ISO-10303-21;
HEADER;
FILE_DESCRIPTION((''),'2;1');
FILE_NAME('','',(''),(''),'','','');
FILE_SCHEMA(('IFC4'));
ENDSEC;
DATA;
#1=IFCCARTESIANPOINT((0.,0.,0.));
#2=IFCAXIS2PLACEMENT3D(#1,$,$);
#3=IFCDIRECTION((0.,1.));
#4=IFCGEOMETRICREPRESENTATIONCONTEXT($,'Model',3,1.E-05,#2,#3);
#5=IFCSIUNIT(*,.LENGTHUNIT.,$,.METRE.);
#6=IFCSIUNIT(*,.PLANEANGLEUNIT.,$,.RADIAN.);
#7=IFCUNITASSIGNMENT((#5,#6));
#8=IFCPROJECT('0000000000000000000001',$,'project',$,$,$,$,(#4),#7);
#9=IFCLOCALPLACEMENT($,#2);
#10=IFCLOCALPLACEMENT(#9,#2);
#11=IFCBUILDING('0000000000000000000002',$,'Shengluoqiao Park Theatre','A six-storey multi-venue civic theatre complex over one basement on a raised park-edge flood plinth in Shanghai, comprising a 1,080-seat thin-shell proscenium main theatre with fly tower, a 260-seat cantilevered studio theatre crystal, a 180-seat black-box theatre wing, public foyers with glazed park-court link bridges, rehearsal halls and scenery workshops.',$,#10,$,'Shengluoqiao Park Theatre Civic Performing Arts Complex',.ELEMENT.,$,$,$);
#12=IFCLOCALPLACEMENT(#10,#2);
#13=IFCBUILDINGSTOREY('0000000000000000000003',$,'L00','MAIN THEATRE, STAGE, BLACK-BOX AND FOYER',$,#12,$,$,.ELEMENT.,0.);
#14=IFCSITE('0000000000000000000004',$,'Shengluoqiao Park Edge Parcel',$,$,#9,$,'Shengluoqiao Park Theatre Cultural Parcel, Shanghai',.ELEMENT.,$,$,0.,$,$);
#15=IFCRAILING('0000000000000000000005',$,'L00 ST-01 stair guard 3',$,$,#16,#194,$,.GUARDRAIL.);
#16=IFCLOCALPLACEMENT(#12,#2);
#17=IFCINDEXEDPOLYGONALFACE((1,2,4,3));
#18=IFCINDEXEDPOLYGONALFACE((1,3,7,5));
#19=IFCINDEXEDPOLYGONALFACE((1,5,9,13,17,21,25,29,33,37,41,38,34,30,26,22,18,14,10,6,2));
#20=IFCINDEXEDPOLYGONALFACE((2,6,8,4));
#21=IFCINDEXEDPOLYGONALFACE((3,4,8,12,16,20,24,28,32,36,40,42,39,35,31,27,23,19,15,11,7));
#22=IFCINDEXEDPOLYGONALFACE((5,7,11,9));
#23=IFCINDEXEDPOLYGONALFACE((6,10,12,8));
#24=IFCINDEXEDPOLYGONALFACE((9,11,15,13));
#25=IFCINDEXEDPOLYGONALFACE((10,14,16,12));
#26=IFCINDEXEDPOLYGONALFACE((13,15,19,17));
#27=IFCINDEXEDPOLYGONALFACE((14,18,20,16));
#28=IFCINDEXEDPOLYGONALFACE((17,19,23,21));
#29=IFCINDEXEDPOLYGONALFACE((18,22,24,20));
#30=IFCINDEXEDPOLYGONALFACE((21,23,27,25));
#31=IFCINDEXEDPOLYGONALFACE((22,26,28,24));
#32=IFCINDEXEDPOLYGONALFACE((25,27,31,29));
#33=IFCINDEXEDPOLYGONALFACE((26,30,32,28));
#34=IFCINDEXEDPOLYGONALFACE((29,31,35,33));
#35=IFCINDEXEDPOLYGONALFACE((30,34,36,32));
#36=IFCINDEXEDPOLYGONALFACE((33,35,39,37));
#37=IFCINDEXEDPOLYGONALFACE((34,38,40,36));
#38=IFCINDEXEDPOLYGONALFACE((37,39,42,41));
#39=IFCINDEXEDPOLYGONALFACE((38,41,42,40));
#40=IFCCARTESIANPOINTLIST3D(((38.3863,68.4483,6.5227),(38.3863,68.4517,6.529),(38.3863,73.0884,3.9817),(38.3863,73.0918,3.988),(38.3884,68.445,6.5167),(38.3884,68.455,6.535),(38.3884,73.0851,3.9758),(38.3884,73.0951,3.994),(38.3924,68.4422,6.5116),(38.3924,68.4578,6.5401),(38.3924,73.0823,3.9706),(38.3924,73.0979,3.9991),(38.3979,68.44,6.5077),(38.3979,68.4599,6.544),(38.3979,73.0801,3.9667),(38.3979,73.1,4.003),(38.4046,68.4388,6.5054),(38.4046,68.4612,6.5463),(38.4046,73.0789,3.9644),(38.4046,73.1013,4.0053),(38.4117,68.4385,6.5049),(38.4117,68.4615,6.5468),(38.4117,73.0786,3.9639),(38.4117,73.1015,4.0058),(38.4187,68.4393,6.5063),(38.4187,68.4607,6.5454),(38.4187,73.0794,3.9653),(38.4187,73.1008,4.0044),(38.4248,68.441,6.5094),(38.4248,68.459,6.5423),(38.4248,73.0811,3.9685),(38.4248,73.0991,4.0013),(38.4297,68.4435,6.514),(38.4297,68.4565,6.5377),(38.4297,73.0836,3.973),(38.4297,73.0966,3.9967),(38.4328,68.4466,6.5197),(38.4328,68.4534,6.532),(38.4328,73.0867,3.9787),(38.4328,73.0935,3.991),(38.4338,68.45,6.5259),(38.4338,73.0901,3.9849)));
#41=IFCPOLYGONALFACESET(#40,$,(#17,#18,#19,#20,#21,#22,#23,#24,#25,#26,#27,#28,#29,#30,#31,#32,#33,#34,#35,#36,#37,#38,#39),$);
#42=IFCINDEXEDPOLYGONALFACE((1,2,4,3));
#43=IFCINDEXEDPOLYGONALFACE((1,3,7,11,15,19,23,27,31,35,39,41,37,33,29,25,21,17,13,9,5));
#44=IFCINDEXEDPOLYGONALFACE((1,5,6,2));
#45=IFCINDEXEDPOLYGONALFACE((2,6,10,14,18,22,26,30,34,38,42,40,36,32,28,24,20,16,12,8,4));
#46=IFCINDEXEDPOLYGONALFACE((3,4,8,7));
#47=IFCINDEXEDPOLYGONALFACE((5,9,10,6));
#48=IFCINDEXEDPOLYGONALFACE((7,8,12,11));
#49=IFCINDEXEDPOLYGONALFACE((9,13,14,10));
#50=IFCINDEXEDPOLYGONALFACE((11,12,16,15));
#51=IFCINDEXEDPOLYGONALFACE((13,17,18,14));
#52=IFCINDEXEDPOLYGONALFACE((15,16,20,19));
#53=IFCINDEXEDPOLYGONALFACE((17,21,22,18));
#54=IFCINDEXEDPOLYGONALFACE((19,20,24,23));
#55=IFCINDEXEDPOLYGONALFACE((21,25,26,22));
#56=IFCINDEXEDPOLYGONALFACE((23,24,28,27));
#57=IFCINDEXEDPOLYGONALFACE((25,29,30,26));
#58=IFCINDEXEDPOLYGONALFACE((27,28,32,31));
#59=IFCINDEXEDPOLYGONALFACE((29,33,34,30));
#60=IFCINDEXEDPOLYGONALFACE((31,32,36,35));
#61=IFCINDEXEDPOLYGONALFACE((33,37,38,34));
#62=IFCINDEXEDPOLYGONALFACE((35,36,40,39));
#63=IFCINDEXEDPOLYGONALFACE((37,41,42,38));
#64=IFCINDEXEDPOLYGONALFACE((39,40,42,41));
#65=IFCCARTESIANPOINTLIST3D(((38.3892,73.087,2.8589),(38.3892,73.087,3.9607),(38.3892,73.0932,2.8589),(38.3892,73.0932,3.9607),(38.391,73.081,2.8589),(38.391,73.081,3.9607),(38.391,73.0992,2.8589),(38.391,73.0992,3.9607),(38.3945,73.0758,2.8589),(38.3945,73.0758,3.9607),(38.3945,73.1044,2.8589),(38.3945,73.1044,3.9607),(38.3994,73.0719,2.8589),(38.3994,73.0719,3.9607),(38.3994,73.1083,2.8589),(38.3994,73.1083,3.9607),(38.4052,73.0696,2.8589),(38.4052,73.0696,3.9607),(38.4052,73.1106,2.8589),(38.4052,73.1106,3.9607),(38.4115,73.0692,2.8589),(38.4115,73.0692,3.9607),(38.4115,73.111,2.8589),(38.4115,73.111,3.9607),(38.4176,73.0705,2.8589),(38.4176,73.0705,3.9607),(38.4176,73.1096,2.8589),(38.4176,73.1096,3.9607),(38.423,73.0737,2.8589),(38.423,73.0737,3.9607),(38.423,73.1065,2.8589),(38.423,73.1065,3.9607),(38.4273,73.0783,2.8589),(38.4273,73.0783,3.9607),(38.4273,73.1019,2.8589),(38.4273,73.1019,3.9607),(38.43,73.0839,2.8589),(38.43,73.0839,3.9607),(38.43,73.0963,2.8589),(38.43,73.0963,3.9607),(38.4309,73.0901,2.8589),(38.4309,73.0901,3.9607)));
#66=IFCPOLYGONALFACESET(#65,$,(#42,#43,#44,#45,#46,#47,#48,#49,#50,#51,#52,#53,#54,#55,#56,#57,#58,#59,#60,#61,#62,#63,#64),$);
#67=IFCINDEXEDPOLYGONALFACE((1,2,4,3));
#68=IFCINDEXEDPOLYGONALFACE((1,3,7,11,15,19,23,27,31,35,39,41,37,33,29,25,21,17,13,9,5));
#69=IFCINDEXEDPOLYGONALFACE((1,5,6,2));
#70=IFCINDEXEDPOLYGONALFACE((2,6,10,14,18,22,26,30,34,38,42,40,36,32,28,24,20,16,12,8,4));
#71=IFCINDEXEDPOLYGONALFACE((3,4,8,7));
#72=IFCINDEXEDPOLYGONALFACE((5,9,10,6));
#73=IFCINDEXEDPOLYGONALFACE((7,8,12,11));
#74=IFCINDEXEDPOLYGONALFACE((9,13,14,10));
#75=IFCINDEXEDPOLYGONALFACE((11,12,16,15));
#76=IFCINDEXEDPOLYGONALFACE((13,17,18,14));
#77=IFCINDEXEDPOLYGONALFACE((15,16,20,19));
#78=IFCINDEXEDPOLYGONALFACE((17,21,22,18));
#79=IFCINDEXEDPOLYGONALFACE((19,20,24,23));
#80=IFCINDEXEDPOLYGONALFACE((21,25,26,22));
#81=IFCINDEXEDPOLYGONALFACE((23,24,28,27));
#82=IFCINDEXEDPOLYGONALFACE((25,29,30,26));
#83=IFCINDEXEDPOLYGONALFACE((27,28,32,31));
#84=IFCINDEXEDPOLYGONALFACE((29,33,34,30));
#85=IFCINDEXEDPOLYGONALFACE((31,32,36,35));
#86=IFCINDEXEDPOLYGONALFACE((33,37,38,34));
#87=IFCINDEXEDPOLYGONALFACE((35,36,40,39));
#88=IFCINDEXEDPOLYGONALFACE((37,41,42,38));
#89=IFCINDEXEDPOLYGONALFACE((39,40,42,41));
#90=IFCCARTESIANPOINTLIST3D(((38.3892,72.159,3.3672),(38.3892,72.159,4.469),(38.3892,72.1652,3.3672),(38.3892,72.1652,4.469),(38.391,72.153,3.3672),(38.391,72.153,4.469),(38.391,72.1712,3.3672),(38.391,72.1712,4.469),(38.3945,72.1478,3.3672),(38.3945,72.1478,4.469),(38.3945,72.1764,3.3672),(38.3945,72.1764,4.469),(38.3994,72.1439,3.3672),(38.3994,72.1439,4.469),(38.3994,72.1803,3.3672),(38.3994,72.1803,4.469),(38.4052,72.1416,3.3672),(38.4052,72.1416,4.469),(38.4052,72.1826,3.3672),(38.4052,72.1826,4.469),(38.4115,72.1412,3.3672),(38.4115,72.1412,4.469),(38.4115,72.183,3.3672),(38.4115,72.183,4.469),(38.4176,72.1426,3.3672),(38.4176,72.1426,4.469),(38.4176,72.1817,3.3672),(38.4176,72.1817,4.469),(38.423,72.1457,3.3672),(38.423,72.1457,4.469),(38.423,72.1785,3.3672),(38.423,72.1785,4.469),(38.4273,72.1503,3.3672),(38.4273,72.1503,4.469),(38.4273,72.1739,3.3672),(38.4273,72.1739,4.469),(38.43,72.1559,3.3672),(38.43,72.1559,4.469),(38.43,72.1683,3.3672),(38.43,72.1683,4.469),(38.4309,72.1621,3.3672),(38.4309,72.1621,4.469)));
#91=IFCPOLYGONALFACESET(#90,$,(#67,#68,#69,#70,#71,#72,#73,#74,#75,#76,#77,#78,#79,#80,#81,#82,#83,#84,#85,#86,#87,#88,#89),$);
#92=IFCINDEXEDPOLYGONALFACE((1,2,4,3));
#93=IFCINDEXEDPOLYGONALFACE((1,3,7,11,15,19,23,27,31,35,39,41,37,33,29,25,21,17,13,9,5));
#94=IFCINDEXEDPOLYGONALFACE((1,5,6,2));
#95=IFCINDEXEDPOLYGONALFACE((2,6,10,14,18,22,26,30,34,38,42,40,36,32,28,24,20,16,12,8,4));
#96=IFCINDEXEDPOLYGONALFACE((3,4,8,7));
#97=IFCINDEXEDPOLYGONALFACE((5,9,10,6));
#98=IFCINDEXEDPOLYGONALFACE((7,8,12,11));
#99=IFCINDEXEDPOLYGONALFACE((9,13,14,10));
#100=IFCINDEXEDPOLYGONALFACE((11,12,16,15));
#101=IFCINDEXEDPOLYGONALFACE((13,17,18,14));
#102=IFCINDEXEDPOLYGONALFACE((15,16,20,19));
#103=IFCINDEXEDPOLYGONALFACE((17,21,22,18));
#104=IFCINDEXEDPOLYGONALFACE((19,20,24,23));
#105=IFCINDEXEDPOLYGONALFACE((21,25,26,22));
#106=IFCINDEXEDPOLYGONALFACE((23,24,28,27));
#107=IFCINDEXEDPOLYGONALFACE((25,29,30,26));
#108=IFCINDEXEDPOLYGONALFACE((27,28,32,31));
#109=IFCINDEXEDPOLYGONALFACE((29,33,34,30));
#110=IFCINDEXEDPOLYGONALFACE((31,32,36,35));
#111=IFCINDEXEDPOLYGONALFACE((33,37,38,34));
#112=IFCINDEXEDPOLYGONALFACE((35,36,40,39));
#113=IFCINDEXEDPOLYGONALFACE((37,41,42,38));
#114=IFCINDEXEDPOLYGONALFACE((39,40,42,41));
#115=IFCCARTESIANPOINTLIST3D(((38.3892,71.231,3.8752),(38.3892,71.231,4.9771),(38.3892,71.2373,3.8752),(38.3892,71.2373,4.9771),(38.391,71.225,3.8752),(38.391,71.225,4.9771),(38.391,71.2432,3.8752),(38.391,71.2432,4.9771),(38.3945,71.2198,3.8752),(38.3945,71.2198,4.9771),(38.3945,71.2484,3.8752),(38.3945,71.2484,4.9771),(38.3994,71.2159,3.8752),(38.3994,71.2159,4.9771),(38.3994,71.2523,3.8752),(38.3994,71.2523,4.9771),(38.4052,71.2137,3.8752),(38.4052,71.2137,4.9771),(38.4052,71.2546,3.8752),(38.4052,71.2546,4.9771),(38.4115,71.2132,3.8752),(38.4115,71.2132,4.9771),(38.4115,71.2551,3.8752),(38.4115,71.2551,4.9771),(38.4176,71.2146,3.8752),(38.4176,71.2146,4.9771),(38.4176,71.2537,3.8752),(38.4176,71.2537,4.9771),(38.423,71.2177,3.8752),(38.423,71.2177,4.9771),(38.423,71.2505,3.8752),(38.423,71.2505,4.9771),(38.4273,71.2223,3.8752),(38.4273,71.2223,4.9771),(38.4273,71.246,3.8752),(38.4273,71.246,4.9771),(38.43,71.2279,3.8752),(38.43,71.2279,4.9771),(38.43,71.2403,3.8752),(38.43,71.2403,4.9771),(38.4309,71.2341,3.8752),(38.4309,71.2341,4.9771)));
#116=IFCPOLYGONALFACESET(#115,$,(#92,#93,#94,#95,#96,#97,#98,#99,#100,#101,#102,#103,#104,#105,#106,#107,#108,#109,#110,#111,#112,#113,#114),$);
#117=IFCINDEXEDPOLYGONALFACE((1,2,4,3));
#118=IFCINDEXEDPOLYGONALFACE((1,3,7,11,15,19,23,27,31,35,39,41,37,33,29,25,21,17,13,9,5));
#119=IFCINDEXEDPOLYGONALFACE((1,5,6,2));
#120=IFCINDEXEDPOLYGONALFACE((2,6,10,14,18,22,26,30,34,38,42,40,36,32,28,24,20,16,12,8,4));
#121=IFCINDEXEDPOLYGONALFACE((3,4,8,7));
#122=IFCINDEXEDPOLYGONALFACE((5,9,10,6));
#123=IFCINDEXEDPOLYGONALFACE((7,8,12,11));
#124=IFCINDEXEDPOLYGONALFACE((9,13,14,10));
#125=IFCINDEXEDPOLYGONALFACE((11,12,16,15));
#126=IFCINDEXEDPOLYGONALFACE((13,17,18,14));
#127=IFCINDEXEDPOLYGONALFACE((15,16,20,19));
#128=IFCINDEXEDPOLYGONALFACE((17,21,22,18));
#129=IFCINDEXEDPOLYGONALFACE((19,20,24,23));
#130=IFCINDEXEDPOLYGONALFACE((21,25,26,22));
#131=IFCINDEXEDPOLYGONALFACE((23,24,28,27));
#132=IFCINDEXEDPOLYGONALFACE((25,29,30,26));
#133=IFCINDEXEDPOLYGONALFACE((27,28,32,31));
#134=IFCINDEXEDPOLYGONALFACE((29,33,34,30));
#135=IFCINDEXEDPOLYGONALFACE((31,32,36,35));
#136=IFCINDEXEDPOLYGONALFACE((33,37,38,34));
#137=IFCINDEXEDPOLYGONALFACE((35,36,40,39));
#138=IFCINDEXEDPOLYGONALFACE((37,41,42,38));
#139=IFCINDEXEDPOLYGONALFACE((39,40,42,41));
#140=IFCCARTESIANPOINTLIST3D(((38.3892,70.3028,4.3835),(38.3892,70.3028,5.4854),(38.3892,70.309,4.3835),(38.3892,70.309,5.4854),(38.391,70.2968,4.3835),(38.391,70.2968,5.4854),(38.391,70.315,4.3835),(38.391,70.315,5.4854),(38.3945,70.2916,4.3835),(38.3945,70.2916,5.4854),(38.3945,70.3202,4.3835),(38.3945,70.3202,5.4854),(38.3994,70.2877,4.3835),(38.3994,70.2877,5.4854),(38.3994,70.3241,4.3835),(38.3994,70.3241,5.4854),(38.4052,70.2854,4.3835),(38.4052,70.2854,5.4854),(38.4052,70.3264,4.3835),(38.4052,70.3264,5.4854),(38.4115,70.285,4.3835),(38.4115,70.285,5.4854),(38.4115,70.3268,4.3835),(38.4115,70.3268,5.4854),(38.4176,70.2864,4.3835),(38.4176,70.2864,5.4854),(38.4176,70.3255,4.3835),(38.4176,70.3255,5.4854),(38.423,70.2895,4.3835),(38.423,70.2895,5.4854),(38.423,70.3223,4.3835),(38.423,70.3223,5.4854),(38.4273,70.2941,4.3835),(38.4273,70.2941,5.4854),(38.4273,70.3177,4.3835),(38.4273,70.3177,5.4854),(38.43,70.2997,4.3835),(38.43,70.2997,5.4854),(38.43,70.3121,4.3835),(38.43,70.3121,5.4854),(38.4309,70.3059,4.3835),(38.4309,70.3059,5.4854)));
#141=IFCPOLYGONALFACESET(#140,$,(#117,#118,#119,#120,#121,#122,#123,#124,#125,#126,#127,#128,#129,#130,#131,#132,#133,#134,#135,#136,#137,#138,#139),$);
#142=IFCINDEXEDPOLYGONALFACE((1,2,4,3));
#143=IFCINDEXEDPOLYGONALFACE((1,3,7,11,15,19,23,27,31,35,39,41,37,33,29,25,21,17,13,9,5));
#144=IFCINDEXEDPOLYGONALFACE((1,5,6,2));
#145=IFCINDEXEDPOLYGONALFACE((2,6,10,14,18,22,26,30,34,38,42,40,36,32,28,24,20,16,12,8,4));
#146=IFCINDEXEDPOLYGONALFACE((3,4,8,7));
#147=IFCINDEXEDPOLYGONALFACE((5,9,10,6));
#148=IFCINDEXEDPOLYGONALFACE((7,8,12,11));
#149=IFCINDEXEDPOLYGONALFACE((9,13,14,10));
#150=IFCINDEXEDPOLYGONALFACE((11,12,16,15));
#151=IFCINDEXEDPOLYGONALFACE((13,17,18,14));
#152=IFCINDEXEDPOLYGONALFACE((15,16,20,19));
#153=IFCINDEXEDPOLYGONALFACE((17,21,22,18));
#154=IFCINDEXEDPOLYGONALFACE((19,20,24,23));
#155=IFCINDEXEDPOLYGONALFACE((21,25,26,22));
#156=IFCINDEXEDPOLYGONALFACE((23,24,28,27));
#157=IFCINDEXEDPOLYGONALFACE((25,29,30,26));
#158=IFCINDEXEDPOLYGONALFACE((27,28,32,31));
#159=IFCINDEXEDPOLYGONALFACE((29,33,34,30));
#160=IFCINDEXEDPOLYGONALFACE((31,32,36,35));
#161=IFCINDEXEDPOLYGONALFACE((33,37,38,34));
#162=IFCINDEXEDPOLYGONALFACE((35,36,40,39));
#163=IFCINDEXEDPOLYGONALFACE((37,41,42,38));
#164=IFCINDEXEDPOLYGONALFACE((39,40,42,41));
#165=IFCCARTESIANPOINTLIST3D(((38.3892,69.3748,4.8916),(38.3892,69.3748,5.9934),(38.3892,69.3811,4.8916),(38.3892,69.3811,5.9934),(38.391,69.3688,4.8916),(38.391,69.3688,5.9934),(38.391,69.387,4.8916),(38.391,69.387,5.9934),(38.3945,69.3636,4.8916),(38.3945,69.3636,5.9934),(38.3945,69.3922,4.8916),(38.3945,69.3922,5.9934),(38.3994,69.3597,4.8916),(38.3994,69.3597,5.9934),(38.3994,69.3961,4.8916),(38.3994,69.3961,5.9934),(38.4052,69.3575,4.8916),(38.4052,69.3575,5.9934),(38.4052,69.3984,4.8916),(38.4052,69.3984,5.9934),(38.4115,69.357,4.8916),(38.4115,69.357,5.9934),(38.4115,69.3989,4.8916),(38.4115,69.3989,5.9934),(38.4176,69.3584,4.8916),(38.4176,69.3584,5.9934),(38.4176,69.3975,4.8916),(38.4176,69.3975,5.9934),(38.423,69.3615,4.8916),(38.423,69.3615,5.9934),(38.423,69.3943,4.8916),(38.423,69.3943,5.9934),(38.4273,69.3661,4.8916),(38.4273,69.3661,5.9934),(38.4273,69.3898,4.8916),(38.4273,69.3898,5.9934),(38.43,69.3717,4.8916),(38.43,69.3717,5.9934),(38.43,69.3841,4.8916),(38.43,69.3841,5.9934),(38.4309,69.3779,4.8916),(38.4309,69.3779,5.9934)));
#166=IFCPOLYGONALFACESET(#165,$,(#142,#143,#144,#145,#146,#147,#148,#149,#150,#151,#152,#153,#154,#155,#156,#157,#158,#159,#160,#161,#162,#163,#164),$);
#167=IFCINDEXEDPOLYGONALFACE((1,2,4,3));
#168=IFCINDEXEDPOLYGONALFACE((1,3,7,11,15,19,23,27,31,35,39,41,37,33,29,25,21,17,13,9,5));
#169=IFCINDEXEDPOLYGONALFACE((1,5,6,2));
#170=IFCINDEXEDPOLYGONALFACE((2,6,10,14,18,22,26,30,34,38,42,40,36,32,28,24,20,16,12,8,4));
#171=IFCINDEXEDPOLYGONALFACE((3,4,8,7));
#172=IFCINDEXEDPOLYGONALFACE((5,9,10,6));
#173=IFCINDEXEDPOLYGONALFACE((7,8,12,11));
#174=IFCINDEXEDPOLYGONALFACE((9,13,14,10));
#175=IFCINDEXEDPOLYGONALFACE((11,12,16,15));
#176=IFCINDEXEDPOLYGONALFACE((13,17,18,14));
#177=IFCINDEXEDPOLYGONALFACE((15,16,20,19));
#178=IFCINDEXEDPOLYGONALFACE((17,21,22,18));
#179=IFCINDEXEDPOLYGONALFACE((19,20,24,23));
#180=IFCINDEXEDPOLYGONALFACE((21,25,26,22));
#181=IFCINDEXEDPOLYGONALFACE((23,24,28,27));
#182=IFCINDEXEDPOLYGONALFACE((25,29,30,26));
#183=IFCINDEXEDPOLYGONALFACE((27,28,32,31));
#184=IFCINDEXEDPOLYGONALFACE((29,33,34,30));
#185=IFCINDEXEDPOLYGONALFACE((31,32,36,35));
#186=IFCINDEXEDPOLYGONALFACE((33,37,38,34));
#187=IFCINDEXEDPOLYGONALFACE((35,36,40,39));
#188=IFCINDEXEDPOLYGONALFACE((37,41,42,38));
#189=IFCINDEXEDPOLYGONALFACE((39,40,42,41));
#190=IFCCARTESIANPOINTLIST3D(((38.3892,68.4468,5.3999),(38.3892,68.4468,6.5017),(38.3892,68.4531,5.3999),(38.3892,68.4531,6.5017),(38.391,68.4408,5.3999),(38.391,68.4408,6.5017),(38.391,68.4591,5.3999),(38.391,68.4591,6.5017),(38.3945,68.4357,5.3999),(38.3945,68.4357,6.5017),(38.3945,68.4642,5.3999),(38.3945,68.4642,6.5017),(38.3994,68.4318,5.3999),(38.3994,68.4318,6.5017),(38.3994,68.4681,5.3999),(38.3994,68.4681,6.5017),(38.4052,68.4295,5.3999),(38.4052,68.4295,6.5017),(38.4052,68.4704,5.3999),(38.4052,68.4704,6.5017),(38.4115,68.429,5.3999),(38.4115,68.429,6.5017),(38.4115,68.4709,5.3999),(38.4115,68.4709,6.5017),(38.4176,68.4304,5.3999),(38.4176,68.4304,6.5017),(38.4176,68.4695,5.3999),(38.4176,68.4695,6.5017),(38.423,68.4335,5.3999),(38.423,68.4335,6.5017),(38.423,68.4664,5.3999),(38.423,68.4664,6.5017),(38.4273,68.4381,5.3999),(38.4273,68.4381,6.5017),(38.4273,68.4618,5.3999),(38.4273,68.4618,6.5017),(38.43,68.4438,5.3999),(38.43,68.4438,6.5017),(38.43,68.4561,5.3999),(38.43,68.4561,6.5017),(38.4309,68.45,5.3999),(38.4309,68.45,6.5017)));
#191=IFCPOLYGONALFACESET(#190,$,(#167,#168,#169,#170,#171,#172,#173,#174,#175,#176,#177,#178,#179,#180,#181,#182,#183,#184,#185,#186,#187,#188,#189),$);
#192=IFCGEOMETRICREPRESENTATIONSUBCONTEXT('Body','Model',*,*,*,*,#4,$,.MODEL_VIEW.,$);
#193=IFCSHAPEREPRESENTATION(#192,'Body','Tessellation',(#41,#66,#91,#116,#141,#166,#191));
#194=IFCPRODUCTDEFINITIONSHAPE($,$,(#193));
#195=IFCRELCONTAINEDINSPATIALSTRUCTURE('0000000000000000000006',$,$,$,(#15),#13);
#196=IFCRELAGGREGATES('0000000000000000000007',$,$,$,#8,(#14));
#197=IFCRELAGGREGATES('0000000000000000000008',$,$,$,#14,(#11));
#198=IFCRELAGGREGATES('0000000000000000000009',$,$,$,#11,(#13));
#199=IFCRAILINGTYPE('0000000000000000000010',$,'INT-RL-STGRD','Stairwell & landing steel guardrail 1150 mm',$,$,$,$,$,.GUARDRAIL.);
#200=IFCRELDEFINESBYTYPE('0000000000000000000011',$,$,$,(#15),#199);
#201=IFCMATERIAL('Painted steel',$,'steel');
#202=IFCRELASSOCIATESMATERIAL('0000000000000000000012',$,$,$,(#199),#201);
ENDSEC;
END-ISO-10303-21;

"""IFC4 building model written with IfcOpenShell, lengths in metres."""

from ifc_helpers import new_model, si_unit, direction, frame, origin, origin_2d, place, context, subcontext, project, spatial, circle, extrude, material, type_object, element, save


model = new_model("IFC4")

# Units and contexts
model_context = context("Model", 3, precision=1e-05, world=origin(), true_north=direction((0.0, 1.0)))
body_context = subcontext(model_context, "Body", "Model", "MODEL_VIEW")
ifc_project = project(units=[si_unit("LENGTHUNIT", "METRE"), si_unit("PLANEANGLEUNIT", "RADIAN")], contexts=[model_context])

# Site, building, storey
site_placement = place(None, origin())
site = spatial("IfcSite", under=ifc_project, at=site_placement, Name="Shengluoqiao Park Edge Parcel", LongName="Shengluoqiao Park Theatre Cultural Parcel, Shanghai", CompositionType="ELEMENT", RefElevation=0.0)
building_placement = place(site_placement, origin())
building = spatial("IfcBuilding", under=site, at=building_placement, Name="Shengluoqiao Park Theatre", Description="A six-storey multi-venue civic theatre complex over one basement on a raised park-edge flood plinth in Shanghai, comprising a 1,080-seat thin-shell proscenium main theatre with fly tower, a 260-seat cantilevered studio theatre crystal, a 180-seat black-box theatre wing, public foyers with glazed park-court link bridges, rehearsal halls and scenery workshops.", LongName="Shengluoqiao Park Theatre Civic Performing Arts Complex", CompositionType="ELEMENT")
storey_placement = place(building_placement, origin())
storey = spatial("IfcBuildingStorey", under=building, at=storey_placement, Name="L00", Description="MAIN THEATRE, STAGE, BLACK-BOX AND FOYER", CompositionType="ELEMENT", Elevation=0.0)

# Railing
ifc_material_1 = material(Name="Painted steel", Category="steel")
railing_type_1 = type_object("IfcRailingType", Name="INT-RL-STGRD", Description="Stairwell & landing steel guardrail 1150 mm", PredefinedType="GUARDRAIL", material=ifc_material_1)
railing_1_placement = place(storey_placement, frame((38.4099, 73.0901, 2.8589)))
element("IfcRailing", 1, at=railing_1_placement, inside=storey, type_object=railing_type_1, Name="L00 ST-01 stair guard 3", PredefinedType="GUARDRAIL", context=body_context, shape_type="SweptSolid", body=[
    extrude(circle(Radius=0.0239, at=origin_2d()), frame((0.0, 0.0, 1.126), z_axis=(0.0, -0.877097, 0.480313), x_axis=(1.0, 0.0, 0.0)), (0.0, 0.0, 1.0), 5.2903),
    extrude(circle(Radius=0.021, at=origin_2d()), origin(), (0.0, 0.0, 1.0), 1.1018),
    extrude(circle(Radius=0.021, at=origin_2d()), frame((0.0, -0.928, 0.5083)), (0.0, 0.0, 1.0), 1.1018),
    extrude(circle(Radius=0.021, at=origin_2d()), frame((0.0, -1.856, 1.0164)), (0.0, 0.0, 1.0), 1.1018),
    extrude(circle(Radius=0.021, at=origin_2d()), frame((0.0, -2.7842, 1.5247)), (0.0, 0.0, 1.0), 1.1018),
    extrude(circle(Radius=0.021, at=origin_2d()), frame((0.0, -3.7122, 2.0327)), (0.0, 0.0, 1.0), 1.1018),
    extrude(circle(Radius=0.021, at=origin_2d()), frame((0.0, -4.6401, 2.541)), (0.0, 0.0, 1.0), 1.1018),
])

save(model, "model.ifc")
